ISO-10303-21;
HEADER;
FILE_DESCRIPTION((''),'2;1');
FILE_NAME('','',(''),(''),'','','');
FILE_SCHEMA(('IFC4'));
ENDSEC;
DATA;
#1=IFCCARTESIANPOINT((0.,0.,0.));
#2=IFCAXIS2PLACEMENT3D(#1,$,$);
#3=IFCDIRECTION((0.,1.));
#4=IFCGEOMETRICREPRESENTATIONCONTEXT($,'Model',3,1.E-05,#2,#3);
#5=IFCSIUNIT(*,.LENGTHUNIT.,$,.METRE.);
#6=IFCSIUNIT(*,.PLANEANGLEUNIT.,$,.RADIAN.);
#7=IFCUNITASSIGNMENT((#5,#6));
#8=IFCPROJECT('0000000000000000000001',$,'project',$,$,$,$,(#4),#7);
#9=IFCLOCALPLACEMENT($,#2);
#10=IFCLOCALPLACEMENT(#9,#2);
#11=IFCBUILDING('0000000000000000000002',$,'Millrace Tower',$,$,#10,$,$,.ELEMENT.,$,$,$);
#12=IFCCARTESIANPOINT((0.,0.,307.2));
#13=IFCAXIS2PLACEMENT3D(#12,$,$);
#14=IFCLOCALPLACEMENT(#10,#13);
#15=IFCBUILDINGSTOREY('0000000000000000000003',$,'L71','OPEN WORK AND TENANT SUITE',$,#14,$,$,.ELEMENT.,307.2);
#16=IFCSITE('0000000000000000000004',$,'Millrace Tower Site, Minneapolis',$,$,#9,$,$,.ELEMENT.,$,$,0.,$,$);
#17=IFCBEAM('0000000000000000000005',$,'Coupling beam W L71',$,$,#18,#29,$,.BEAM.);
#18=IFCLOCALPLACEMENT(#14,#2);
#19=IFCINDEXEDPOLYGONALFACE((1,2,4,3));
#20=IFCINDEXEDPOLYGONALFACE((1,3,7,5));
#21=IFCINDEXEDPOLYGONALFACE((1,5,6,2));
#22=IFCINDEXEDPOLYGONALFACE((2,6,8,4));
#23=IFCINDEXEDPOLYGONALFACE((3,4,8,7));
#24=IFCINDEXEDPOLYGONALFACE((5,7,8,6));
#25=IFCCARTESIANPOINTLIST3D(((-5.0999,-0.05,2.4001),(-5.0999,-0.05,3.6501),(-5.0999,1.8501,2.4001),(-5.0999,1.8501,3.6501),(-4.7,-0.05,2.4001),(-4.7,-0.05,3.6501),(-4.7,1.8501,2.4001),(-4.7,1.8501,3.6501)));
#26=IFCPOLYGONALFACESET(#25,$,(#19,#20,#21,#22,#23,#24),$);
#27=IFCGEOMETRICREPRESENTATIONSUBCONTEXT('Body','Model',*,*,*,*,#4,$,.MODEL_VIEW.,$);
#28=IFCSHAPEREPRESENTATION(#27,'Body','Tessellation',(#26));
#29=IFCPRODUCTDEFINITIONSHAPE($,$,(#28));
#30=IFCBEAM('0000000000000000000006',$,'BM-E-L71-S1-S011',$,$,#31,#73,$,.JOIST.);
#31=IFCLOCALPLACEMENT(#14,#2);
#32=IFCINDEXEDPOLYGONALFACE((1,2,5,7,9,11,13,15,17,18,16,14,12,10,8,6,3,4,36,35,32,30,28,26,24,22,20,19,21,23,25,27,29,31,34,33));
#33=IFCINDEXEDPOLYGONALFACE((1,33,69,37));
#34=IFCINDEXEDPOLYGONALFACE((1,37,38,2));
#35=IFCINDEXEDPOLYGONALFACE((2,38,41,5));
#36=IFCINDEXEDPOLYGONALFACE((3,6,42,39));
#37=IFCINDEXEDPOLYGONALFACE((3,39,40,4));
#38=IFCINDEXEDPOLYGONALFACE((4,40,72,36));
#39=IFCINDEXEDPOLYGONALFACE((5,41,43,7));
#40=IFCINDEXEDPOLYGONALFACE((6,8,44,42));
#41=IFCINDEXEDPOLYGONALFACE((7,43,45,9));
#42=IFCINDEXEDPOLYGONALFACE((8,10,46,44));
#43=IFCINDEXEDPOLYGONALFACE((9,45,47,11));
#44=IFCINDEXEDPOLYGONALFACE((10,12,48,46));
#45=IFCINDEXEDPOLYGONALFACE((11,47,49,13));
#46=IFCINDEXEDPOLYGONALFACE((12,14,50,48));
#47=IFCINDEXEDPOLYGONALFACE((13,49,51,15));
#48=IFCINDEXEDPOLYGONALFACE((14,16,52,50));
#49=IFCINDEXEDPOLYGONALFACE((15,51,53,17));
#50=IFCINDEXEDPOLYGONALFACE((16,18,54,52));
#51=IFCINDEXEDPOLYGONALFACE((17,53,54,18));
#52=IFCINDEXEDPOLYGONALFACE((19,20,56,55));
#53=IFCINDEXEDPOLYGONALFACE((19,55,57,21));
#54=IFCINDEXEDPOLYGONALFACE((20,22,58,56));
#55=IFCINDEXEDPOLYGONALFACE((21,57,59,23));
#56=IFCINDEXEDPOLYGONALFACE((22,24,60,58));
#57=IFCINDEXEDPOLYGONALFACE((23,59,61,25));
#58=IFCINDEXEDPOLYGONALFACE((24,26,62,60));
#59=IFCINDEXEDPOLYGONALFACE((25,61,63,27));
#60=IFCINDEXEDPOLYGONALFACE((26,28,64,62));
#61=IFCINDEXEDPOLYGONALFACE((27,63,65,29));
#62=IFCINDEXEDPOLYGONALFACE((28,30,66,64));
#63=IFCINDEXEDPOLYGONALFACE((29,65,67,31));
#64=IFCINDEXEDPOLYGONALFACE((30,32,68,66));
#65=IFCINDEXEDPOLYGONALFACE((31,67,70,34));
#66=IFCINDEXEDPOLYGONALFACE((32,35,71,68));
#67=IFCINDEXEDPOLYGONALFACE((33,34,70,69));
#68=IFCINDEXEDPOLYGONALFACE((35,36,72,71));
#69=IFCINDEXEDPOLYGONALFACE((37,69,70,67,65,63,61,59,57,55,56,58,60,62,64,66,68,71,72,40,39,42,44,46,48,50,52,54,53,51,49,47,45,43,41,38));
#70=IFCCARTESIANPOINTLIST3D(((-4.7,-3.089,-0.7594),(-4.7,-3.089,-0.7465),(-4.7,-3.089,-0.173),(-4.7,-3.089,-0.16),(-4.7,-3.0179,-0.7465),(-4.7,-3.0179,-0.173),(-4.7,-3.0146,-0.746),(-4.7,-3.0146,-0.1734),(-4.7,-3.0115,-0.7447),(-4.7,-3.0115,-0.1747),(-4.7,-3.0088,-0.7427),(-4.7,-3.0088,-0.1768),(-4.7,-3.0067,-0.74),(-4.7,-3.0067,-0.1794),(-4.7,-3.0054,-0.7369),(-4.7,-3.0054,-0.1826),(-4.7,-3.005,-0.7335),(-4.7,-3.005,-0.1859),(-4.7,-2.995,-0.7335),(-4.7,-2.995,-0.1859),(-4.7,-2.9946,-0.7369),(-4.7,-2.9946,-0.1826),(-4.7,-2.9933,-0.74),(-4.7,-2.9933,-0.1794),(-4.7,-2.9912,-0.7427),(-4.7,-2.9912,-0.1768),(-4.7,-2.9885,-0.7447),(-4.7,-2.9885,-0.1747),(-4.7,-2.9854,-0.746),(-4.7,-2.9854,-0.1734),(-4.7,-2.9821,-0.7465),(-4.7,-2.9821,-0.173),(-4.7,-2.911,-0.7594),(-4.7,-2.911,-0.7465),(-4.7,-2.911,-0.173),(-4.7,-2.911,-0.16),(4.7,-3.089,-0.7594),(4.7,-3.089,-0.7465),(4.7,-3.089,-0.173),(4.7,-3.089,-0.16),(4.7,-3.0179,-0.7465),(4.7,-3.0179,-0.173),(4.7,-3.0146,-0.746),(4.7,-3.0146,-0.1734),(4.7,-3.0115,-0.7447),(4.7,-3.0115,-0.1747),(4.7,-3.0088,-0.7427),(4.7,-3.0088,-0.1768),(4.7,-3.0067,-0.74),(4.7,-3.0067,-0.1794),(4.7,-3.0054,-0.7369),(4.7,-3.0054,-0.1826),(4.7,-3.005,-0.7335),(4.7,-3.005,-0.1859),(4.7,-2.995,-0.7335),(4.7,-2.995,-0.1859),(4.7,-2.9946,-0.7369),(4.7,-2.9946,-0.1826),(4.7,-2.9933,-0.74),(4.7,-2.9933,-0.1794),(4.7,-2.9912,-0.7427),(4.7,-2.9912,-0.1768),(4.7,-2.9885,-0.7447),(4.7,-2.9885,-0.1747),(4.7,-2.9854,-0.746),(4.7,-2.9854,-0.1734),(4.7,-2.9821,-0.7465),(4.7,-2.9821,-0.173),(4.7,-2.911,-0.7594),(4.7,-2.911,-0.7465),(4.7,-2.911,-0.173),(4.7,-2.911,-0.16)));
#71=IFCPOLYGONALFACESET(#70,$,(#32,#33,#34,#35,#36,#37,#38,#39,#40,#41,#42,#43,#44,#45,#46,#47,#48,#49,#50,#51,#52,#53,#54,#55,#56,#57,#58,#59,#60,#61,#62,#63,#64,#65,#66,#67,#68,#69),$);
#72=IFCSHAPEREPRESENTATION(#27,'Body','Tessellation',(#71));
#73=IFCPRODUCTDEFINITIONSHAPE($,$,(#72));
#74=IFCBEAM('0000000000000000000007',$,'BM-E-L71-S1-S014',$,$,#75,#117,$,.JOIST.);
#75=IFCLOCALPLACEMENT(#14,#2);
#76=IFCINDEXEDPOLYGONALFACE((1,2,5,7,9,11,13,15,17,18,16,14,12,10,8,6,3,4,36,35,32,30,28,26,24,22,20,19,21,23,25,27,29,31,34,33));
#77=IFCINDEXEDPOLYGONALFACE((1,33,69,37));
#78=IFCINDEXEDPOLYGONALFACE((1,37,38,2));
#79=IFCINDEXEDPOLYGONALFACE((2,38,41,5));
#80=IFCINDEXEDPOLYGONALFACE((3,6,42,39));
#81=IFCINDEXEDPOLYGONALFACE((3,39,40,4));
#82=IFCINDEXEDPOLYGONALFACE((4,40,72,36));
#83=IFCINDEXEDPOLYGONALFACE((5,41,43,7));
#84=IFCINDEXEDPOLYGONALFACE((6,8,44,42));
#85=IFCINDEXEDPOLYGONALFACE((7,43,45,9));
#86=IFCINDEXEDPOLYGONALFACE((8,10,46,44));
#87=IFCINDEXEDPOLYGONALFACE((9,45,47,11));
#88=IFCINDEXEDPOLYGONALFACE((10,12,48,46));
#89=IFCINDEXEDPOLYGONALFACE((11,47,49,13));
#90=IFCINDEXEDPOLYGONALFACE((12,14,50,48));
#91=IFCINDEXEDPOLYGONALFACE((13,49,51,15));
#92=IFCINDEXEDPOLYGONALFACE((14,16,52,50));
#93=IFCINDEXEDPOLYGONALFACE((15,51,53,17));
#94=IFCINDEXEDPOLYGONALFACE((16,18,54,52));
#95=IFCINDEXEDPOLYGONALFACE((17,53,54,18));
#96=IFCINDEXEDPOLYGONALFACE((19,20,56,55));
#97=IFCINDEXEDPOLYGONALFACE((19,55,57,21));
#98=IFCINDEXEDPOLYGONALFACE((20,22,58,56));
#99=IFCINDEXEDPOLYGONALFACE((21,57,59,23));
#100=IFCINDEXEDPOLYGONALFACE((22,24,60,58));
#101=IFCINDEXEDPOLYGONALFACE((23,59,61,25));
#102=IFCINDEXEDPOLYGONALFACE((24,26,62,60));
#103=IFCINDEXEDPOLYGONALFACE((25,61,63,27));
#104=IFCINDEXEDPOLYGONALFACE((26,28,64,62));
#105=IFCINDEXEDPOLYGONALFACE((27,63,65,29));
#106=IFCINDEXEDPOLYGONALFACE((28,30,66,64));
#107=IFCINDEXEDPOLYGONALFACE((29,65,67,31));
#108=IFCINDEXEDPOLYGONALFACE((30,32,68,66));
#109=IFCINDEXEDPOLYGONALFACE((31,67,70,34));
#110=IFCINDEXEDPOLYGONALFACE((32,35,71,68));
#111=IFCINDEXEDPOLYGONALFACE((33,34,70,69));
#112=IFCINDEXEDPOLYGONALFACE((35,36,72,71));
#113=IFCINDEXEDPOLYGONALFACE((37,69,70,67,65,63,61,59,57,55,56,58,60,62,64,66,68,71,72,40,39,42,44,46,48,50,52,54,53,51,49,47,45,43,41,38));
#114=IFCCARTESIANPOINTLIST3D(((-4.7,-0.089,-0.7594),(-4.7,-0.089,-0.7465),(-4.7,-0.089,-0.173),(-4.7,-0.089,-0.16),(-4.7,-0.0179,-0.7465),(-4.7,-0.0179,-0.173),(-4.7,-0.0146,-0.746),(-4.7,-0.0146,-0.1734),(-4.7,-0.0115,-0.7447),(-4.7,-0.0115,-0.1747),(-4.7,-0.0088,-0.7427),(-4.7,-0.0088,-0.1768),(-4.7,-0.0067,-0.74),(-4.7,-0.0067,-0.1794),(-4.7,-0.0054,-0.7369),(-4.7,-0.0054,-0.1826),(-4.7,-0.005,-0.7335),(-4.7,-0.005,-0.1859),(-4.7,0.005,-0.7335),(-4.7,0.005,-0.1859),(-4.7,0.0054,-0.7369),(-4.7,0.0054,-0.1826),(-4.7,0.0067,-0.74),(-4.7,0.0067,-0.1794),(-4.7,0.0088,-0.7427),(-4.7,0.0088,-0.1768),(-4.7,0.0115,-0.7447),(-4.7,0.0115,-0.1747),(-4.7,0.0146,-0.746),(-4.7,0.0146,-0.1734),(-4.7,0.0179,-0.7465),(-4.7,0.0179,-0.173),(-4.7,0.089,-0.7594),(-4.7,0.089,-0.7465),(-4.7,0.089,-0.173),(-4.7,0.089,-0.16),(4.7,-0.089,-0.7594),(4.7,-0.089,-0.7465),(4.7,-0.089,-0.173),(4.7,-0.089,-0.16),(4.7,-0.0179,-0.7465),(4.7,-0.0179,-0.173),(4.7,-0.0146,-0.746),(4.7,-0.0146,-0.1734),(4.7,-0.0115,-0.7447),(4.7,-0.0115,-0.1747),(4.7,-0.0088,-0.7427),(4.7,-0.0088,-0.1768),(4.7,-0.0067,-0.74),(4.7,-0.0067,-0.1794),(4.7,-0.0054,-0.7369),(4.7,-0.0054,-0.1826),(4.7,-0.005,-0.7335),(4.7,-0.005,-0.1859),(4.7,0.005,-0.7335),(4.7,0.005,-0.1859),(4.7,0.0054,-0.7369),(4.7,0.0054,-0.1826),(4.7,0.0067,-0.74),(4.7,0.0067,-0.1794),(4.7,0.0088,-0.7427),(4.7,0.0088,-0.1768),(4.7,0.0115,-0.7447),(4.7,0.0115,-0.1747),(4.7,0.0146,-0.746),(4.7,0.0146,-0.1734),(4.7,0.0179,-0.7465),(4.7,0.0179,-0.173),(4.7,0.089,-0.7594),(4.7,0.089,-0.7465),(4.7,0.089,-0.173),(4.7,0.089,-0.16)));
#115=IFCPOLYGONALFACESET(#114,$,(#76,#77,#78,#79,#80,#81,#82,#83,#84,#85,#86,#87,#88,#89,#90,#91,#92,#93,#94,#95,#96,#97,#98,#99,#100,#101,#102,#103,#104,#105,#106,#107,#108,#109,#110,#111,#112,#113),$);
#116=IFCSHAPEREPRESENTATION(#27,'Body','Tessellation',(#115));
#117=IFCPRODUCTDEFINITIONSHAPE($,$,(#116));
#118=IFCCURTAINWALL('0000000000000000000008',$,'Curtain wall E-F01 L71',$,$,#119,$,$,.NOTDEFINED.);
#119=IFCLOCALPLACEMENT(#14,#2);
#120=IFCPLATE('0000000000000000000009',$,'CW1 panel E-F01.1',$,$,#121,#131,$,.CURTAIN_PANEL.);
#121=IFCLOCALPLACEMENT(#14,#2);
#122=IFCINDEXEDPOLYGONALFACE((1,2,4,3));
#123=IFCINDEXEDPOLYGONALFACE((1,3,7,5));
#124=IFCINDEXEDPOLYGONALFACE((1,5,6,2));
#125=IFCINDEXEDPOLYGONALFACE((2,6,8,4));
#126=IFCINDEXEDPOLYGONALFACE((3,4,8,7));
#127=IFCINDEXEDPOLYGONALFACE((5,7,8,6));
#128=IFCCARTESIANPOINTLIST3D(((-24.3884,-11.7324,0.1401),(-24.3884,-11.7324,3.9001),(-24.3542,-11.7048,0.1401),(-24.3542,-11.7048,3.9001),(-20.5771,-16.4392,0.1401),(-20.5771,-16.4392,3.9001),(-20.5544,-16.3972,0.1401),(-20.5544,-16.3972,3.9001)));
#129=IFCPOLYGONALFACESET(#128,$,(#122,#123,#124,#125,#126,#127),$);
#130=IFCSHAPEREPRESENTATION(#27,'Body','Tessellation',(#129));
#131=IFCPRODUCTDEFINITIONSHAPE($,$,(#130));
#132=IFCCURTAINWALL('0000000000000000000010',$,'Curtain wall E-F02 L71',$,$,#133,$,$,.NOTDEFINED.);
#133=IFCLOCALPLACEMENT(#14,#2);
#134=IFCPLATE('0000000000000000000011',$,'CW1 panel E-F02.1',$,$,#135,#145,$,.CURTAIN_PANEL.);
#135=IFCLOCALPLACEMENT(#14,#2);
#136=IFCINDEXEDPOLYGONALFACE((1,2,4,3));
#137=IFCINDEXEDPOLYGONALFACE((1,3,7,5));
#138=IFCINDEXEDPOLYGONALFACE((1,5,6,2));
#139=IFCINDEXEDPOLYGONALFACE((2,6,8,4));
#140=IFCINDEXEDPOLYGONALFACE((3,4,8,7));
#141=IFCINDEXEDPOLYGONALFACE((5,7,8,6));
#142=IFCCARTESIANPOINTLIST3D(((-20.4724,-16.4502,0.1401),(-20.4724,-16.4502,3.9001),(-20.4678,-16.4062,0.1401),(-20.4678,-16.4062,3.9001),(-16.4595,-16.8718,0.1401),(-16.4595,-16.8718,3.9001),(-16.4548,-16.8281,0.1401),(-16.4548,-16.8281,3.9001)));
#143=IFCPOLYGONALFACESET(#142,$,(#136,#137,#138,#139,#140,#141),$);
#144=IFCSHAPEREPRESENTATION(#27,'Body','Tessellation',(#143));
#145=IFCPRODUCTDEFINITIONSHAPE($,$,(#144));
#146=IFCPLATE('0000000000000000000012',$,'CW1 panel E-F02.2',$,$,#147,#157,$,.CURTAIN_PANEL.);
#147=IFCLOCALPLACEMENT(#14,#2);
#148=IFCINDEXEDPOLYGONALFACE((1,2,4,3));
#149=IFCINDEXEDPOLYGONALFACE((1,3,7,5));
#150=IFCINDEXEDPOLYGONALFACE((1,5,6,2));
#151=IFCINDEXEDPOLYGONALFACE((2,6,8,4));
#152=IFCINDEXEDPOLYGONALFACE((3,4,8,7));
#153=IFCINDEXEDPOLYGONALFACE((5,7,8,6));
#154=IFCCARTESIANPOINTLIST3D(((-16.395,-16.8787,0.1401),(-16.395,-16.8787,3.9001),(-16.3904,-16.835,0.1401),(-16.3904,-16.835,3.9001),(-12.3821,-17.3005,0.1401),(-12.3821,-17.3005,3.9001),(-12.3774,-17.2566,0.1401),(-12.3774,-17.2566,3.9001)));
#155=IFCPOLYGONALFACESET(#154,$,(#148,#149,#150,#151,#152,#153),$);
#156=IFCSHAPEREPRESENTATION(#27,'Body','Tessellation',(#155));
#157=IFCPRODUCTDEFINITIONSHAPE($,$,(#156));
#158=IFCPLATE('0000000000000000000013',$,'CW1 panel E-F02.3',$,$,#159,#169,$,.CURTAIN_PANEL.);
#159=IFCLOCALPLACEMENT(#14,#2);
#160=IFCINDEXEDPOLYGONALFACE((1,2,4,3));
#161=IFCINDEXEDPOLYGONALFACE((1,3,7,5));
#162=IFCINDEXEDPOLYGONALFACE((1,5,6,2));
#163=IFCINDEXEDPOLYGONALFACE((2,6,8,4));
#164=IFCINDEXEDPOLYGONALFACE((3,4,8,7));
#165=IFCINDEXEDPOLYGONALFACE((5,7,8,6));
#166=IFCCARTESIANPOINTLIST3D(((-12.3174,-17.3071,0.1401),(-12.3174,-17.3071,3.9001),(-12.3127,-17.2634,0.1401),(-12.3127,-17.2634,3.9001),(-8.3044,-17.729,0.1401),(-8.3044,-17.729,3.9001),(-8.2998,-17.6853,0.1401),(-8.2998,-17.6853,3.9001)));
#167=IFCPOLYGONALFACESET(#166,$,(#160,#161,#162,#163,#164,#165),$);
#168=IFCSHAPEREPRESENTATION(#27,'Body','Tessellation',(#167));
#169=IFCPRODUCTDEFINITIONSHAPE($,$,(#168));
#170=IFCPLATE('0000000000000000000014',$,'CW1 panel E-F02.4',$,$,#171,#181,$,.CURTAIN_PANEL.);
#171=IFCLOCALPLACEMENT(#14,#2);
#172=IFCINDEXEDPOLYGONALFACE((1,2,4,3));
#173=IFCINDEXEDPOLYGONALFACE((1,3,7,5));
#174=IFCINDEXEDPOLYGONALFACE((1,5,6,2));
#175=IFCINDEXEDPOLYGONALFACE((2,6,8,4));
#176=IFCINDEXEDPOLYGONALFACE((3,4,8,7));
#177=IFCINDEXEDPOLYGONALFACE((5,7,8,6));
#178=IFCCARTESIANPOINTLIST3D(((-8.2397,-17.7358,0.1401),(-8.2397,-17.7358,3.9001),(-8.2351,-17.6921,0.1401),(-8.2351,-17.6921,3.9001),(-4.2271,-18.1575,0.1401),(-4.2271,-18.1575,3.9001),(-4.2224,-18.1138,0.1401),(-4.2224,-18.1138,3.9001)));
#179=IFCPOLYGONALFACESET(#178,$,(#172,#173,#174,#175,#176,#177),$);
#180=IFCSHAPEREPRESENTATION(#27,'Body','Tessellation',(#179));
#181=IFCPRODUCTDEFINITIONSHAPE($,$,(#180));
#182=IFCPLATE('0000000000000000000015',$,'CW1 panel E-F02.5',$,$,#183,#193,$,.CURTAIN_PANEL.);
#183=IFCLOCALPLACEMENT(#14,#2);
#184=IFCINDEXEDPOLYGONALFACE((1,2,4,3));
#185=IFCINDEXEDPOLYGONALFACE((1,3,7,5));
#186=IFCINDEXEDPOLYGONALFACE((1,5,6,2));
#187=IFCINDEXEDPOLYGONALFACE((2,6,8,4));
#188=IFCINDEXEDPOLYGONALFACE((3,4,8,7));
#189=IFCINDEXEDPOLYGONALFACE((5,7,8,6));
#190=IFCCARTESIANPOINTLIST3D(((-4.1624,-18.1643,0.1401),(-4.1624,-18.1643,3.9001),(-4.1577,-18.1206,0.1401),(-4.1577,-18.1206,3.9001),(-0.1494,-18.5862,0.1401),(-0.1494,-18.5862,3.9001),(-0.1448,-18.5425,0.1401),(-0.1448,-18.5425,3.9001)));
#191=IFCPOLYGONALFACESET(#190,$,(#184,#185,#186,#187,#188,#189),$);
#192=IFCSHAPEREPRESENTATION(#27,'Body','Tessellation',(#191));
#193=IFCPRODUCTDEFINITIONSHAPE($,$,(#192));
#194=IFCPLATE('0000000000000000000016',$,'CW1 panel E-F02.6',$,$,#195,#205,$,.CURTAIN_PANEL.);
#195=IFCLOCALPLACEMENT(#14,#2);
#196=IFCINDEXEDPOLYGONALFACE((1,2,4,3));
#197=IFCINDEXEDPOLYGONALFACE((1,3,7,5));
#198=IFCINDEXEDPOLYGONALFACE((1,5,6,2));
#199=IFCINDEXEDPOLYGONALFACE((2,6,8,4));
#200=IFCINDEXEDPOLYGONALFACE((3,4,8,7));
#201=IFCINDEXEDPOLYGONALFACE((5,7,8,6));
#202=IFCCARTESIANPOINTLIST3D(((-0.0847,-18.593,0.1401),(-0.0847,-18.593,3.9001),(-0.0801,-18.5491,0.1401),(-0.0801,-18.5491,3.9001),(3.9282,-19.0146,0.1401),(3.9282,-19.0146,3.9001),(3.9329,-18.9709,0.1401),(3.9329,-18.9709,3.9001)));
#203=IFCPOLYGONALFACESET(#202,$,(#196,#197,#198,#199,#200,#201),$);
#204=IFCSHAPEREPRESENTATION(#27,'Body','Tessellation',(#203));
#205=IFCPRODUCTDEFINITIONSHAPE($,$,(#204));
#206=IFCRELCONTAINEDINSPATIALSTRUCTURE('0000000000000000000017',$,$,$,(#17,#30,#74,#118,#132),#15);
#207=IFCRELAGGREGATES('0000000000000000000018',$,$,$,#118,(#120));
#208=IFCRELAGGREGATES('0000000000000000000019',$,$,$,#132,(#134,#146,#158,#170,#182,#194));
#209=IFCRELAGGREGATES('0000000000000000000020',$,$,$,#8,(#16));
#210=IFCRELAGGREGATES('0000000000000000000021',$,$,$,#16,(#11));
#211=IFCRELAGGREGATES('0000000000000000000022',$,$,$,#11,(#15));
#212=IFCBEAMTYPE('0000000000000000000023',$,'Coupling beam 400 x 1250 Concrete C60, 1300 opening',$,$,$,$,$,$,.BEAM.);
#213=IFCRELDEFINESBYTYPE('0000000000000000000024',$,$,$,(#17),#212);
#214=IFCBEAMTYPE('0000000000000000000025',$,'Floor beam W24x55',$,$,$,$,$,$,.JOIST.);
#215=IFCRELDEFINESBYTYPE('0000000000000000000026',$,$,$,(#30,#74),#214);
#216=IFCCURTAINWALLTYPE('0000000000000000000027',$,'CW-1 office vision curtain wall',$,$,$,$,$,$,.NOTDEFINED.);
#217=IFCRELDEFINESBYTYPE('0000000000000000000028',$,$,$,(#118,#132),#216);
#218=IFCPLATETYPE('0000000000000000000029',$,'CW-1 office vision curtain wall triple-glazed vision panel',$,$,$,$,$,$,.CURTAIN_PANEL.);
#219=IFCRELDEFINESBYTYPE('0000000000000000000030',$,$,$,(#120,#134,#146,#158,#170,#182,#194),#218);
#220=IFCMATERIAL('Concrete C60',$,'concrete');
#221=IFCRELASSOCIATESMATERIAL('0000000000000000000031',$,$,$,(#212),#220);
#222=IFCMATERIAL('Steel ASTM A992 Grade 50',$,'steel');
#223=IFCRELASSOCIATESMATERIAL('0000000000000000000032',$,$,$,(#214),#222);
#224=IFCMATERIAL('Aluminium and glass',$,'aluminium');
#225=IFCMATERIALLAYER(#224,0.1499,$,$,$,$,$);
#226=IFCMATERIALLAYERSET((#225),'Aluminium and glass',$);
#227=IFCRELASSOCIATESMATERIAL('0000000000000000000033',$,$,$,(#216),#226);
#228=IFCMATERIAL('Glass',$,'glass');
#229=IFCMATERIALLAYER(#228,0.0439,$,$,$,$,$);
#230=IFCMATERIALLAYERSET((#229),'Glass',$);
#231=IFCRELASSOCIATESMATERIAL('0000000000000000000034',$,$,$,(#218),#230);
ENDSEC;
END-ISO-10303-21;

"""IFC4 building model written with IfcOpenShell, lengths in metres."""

from ifc_helpers import new_model, si_unit, direction, frame, origin, origin_2d, place, context, subcontext, project, spatial, polyline, rectangle, i_section, outline, extrude, material, layer, layer_set, material_profile, profile_set, type_object, element, aggregate, save


model = new_model("IFC4")

# Units and contexts
model_context = context("Model", 3, precision=1e-05, world=origin(), true_north=direction((0.0, 1.0)))
body_context = subcontext(model_context, "Body", "Model", "MODEL_VIEW")
ifc_project = project(units=[si_unit("LENGTHUNIT", "METRE"), si_unit("PLANEANGLEUNIT", "RADIAN")], contexts=[model_context])

# Site, building, storey
site_placement = place(None, origin())
site = spatial("IfcSite", under=ifc_project, at=site_placement, Name="Millrace Tower Site, Minneapolis", CompositionType="ELEMENT", RefElevation=0.0)
building_placement = place(site_placement, origin())
building = spatial("IfcBuilding", under=site, at=building_placement, Name="Millrace Tower", CompositionType="ELEMENT")
storey_placement = place(building_placement, frame((0.0, 0.0, 307.2)))
storey = spatial("IfcBuildingStorey", under=building, at=storey_placement, Name="L71", Description="OPEN WORK AND TENANT SUITE", CompositionType="ELEMENT", Elevation=307.2)

# Beams
ifc_material_1 = material(Name="Concrete C60", Category="concrete")
ifc_material_profile_1 = material_profile(ifc_material_1, rectangle(XDim=0.3999, YDim=1.25, at=origin_2d()))
ifc_profile_set_1 = profile_set([ifc_material_profile_1], Name="Concrete C60")
beam_type_1 = type_object("IfcBeamType", Name="Coupling beam 400 x 1250 Concrete C60, 1300 opening", PredefinedType="BEAM", material=ifc_profile_set_1)
beam_placement = place(storey_placement, frame((-4.8999, -0.05, 3.0251), z_axis=(0.0, 1.0, 0.0), x_axis=(-1.0, 0.0, 0.0)))
element("IfcBeam", 1, at=beam_placement, inside=storey, type_object=beam_type_1, Name="Coupling beam W L71", PredefinedType="BEAM", context=body_context, shape_type="SweptSolid", body=[
    extrude(rectangle(XDim=0.3999, YDim=1.25, at=origin_2d()), origin(), (0.0, 0.0, 1.0), 1.9001),
])
ifc_material_2 = material(Name="Steel ASTM A992 Grade 50", Category="steel")
ifc_material_profile_2 = material_profile(ifc_material_2, i_section(OverallWidth=0.178, OverallDepth=0.5994, WebThickness=0.01, FlangeThickness=0.0129, FilletRadius=0.0129, at=origin_2d()))
ifc_profile_set_2 = profile_set([ifc_material_profile_2], Name="Steel ASTM A992 Grade 50")
beam_type_2 = type_object("IfcBeamType", Name="Floor beam W24x55", PredefinedType="JOIST", material=ifc_profile_set_2)
for number, where, z_axis, x_axis, name in (
    (2, (-4.7, -3.0, -0.4597), (1.0, 0.0, 0.0), (0.0, 1.0, 0.0), "BM-E-L71-S1-S011"),
    (3, (-4.7, 0.0, -0.4597), (1.0, 0.0, 0.0), (0.0, 1.0, 0.0), "BM-E-L71-S1-S014"),
):
    element("IfcBeam", number, at=place(storey_placement, frame(where, z_axis=z_axis, x_axis=x_axis)), inside=storey, type_object=beam_type_2, Name=name, PredefinedType="JOIST", context=body_context, shape_type="SweptSolid", body=[
        extrude(i_section(OverallWidth=0.178, OverallDepth=0.5994, WebThickness=0.01, FlangeThickness=0.0129, FilletRadius=0.0129, at=origin_2d()), origin(), (0.0, 0.0, 1.0), 9.3999),
    ])

# Curtain wall, plate
ifc_material_3 = material(Name="Aluminium and glass", Category="aluminium")
ifc_layer_1 = layer(ifc_material_3, 0.1499)
ifc_layer_set_1 = layer_set([ifc_layer_1], Name="Aluminium and glass")
curtain_wall_type = type_object("IfcCurtainWallType", Name="CW-1 office vision curtain wall", PredefinedType="NOTDEFINED", material=ifc_layer_set_1)
placement_1 = place(storey_placement, origin())
curtain_wall_1 = element("IfcCurtainWall", 4, at=placement_1, inside=storey, type_object=curtain_wall_type, Name="Curtain wall E-F01 L71", PredefinedType="NOTDEFINED")
ifc_material_4 = material(Name="Glass", Category="glass")
ifc_layer_2 = layer(ifc_material_4, 0.0439)
ifc_layer_set_2 = layer_set([ifc_layer_2], Name="Glass")
plate_type = type_object("IfcPlateType", Name="CW-1 office vision curtain wall triple-glazed vision panel", PredefinedType="CURTAIN_PANEL", material=ifc_layer_set_2)
placement_2 = place(storey_placement, frame((0.0, 0.0, 0.1401)))
plate_1 = element("IfcPlate", 5, at=placement_2, type_object=plate_type, Name="CW1 panel E-F01.1", PredefinedType="CURTAIN_PANEL", context=body_context, shape_type="SweptSolid", body=[
    extrude(outline(polyline([(-24.3884, -11.7324), (-20.5771, -16.4392), (-20.5544, -16.3972), (-24.3542, -11.7048), (-24.3884, -11.7324)])), origin(), (0.0, 0.0, 1.0), 3.76),
])
aggregate(curtain_wall_1, [plate_1])

# Curtain wall, plates
curtain_wall_2 = element("IfcCurtainWall", 6, at=placement_1, inside=storey, type_object=curtain_wall_type, Name="Curtain wall E-F02 L71", PredefinedType="NOTDEFINED")
plate_2 = element("IfcPlate", 7, at=placement_2, type_object=plate_type, Name="CW1 panel E-F02.1", PredefinedType="CURTAIN_PANEL", context=body_context, shape_type="SweptSolid", body=[
    extrude(outline(polyline([(-20.4724, -16.4502), (-16.4595, -16.8718), (-16.4548, -16.8281), (-20.4678, -16.4062), (-20.4724, -16.4502)])), origin(), (0.0, 0.0, 1.0), 3.76),
])
plate_3 = element("IfcPlate", 8, at=placement_2, type_object=plate_type, Name="CW1 panel E-F02.2", PredefinedType="CURTAIN_PANEL", context=body_context, shape_type="SweptSolid", body=[
    extrude(outline(polyline([(-16.395, -16.8787), (-12.3821, -17.3005), (-12.3774, -17.2566), (-16.3904, -16.835), (-16.395, -16.8787)])), origin(), (0.0, 0.0, 1.0), 3.76),
])
plate_4 = element("IfcPlate", 9, at=placement_2, type_object=plate_type, Name="CW1 panel E-F02.3", PredefinedType="CURTAIN_PANEL", context=body_context, shape_type="SweptSolid", body=[
    extrude(outline(polyline([(-12.3174, -17.3071), (-8.3044, -17.729), (-8.2998, -17.6853), (-12.3127, -17.2634), (-12.3174, -17.3071)])), origin(), (0.0, 0.0, 1.0), 3.76),
])
plate_5 = element("IfcPlate", 10, at=placement_2, type_object=plate_type, Name="CW1 panel E-F02.4", PredefinedType="CURTAIN_PANEL", context=body_context, shape_type="SweptSolid", body=[
    extrude(outline(polyline([(-8.2397, -17.7358), (-4.2271, -18.1575), (-4.2224, -18.1138), (-8.2351, -17.6921), (-8.2397, -17.7358)])), origin(), (0.0, 0.0, 1.0), 3.76),
])
plate_6 = element("IfcPlate", 11, at=placement_2, type_object=plate_type, Name="CW1 panel E-F02.5", PredefinedType="CURTAIN_PANEL", context=body_context, shape_type="SweptSolid", body=[
    extrude(outline(polyline([(-4.1624, -18.1643), (-0.1494, -18.5862), (-0.1448, -18.5425), (-4.1577, -18.1206), (-4.1624, -18.1643)])), origin(), (0.0, 0.0, 1.0), 3.76),
])
plate_7 = element("IfcPlate", 12, at=placement_2, type_object=plate_type, Name="CW1 panel E-F02.6", PredefinedType="CURTAIN_PANEL", context=body_context, shape_type="SweptSolid", body=[
    extrude(outline(polyline([(-0.0847, -18.593), (3.9282, -19.0146), (3.9329, -18.9709), (-0.0801, -18.5491), (-0.0847, -18.593)])), origin(), (0.0, 0.0, 1.0), 3.76),
])
aggregate(curtain_wall_2, [plate_2, plate_3, plate_4, plate_5, plate_6, plate_7])

save(model, "model.ifc")
